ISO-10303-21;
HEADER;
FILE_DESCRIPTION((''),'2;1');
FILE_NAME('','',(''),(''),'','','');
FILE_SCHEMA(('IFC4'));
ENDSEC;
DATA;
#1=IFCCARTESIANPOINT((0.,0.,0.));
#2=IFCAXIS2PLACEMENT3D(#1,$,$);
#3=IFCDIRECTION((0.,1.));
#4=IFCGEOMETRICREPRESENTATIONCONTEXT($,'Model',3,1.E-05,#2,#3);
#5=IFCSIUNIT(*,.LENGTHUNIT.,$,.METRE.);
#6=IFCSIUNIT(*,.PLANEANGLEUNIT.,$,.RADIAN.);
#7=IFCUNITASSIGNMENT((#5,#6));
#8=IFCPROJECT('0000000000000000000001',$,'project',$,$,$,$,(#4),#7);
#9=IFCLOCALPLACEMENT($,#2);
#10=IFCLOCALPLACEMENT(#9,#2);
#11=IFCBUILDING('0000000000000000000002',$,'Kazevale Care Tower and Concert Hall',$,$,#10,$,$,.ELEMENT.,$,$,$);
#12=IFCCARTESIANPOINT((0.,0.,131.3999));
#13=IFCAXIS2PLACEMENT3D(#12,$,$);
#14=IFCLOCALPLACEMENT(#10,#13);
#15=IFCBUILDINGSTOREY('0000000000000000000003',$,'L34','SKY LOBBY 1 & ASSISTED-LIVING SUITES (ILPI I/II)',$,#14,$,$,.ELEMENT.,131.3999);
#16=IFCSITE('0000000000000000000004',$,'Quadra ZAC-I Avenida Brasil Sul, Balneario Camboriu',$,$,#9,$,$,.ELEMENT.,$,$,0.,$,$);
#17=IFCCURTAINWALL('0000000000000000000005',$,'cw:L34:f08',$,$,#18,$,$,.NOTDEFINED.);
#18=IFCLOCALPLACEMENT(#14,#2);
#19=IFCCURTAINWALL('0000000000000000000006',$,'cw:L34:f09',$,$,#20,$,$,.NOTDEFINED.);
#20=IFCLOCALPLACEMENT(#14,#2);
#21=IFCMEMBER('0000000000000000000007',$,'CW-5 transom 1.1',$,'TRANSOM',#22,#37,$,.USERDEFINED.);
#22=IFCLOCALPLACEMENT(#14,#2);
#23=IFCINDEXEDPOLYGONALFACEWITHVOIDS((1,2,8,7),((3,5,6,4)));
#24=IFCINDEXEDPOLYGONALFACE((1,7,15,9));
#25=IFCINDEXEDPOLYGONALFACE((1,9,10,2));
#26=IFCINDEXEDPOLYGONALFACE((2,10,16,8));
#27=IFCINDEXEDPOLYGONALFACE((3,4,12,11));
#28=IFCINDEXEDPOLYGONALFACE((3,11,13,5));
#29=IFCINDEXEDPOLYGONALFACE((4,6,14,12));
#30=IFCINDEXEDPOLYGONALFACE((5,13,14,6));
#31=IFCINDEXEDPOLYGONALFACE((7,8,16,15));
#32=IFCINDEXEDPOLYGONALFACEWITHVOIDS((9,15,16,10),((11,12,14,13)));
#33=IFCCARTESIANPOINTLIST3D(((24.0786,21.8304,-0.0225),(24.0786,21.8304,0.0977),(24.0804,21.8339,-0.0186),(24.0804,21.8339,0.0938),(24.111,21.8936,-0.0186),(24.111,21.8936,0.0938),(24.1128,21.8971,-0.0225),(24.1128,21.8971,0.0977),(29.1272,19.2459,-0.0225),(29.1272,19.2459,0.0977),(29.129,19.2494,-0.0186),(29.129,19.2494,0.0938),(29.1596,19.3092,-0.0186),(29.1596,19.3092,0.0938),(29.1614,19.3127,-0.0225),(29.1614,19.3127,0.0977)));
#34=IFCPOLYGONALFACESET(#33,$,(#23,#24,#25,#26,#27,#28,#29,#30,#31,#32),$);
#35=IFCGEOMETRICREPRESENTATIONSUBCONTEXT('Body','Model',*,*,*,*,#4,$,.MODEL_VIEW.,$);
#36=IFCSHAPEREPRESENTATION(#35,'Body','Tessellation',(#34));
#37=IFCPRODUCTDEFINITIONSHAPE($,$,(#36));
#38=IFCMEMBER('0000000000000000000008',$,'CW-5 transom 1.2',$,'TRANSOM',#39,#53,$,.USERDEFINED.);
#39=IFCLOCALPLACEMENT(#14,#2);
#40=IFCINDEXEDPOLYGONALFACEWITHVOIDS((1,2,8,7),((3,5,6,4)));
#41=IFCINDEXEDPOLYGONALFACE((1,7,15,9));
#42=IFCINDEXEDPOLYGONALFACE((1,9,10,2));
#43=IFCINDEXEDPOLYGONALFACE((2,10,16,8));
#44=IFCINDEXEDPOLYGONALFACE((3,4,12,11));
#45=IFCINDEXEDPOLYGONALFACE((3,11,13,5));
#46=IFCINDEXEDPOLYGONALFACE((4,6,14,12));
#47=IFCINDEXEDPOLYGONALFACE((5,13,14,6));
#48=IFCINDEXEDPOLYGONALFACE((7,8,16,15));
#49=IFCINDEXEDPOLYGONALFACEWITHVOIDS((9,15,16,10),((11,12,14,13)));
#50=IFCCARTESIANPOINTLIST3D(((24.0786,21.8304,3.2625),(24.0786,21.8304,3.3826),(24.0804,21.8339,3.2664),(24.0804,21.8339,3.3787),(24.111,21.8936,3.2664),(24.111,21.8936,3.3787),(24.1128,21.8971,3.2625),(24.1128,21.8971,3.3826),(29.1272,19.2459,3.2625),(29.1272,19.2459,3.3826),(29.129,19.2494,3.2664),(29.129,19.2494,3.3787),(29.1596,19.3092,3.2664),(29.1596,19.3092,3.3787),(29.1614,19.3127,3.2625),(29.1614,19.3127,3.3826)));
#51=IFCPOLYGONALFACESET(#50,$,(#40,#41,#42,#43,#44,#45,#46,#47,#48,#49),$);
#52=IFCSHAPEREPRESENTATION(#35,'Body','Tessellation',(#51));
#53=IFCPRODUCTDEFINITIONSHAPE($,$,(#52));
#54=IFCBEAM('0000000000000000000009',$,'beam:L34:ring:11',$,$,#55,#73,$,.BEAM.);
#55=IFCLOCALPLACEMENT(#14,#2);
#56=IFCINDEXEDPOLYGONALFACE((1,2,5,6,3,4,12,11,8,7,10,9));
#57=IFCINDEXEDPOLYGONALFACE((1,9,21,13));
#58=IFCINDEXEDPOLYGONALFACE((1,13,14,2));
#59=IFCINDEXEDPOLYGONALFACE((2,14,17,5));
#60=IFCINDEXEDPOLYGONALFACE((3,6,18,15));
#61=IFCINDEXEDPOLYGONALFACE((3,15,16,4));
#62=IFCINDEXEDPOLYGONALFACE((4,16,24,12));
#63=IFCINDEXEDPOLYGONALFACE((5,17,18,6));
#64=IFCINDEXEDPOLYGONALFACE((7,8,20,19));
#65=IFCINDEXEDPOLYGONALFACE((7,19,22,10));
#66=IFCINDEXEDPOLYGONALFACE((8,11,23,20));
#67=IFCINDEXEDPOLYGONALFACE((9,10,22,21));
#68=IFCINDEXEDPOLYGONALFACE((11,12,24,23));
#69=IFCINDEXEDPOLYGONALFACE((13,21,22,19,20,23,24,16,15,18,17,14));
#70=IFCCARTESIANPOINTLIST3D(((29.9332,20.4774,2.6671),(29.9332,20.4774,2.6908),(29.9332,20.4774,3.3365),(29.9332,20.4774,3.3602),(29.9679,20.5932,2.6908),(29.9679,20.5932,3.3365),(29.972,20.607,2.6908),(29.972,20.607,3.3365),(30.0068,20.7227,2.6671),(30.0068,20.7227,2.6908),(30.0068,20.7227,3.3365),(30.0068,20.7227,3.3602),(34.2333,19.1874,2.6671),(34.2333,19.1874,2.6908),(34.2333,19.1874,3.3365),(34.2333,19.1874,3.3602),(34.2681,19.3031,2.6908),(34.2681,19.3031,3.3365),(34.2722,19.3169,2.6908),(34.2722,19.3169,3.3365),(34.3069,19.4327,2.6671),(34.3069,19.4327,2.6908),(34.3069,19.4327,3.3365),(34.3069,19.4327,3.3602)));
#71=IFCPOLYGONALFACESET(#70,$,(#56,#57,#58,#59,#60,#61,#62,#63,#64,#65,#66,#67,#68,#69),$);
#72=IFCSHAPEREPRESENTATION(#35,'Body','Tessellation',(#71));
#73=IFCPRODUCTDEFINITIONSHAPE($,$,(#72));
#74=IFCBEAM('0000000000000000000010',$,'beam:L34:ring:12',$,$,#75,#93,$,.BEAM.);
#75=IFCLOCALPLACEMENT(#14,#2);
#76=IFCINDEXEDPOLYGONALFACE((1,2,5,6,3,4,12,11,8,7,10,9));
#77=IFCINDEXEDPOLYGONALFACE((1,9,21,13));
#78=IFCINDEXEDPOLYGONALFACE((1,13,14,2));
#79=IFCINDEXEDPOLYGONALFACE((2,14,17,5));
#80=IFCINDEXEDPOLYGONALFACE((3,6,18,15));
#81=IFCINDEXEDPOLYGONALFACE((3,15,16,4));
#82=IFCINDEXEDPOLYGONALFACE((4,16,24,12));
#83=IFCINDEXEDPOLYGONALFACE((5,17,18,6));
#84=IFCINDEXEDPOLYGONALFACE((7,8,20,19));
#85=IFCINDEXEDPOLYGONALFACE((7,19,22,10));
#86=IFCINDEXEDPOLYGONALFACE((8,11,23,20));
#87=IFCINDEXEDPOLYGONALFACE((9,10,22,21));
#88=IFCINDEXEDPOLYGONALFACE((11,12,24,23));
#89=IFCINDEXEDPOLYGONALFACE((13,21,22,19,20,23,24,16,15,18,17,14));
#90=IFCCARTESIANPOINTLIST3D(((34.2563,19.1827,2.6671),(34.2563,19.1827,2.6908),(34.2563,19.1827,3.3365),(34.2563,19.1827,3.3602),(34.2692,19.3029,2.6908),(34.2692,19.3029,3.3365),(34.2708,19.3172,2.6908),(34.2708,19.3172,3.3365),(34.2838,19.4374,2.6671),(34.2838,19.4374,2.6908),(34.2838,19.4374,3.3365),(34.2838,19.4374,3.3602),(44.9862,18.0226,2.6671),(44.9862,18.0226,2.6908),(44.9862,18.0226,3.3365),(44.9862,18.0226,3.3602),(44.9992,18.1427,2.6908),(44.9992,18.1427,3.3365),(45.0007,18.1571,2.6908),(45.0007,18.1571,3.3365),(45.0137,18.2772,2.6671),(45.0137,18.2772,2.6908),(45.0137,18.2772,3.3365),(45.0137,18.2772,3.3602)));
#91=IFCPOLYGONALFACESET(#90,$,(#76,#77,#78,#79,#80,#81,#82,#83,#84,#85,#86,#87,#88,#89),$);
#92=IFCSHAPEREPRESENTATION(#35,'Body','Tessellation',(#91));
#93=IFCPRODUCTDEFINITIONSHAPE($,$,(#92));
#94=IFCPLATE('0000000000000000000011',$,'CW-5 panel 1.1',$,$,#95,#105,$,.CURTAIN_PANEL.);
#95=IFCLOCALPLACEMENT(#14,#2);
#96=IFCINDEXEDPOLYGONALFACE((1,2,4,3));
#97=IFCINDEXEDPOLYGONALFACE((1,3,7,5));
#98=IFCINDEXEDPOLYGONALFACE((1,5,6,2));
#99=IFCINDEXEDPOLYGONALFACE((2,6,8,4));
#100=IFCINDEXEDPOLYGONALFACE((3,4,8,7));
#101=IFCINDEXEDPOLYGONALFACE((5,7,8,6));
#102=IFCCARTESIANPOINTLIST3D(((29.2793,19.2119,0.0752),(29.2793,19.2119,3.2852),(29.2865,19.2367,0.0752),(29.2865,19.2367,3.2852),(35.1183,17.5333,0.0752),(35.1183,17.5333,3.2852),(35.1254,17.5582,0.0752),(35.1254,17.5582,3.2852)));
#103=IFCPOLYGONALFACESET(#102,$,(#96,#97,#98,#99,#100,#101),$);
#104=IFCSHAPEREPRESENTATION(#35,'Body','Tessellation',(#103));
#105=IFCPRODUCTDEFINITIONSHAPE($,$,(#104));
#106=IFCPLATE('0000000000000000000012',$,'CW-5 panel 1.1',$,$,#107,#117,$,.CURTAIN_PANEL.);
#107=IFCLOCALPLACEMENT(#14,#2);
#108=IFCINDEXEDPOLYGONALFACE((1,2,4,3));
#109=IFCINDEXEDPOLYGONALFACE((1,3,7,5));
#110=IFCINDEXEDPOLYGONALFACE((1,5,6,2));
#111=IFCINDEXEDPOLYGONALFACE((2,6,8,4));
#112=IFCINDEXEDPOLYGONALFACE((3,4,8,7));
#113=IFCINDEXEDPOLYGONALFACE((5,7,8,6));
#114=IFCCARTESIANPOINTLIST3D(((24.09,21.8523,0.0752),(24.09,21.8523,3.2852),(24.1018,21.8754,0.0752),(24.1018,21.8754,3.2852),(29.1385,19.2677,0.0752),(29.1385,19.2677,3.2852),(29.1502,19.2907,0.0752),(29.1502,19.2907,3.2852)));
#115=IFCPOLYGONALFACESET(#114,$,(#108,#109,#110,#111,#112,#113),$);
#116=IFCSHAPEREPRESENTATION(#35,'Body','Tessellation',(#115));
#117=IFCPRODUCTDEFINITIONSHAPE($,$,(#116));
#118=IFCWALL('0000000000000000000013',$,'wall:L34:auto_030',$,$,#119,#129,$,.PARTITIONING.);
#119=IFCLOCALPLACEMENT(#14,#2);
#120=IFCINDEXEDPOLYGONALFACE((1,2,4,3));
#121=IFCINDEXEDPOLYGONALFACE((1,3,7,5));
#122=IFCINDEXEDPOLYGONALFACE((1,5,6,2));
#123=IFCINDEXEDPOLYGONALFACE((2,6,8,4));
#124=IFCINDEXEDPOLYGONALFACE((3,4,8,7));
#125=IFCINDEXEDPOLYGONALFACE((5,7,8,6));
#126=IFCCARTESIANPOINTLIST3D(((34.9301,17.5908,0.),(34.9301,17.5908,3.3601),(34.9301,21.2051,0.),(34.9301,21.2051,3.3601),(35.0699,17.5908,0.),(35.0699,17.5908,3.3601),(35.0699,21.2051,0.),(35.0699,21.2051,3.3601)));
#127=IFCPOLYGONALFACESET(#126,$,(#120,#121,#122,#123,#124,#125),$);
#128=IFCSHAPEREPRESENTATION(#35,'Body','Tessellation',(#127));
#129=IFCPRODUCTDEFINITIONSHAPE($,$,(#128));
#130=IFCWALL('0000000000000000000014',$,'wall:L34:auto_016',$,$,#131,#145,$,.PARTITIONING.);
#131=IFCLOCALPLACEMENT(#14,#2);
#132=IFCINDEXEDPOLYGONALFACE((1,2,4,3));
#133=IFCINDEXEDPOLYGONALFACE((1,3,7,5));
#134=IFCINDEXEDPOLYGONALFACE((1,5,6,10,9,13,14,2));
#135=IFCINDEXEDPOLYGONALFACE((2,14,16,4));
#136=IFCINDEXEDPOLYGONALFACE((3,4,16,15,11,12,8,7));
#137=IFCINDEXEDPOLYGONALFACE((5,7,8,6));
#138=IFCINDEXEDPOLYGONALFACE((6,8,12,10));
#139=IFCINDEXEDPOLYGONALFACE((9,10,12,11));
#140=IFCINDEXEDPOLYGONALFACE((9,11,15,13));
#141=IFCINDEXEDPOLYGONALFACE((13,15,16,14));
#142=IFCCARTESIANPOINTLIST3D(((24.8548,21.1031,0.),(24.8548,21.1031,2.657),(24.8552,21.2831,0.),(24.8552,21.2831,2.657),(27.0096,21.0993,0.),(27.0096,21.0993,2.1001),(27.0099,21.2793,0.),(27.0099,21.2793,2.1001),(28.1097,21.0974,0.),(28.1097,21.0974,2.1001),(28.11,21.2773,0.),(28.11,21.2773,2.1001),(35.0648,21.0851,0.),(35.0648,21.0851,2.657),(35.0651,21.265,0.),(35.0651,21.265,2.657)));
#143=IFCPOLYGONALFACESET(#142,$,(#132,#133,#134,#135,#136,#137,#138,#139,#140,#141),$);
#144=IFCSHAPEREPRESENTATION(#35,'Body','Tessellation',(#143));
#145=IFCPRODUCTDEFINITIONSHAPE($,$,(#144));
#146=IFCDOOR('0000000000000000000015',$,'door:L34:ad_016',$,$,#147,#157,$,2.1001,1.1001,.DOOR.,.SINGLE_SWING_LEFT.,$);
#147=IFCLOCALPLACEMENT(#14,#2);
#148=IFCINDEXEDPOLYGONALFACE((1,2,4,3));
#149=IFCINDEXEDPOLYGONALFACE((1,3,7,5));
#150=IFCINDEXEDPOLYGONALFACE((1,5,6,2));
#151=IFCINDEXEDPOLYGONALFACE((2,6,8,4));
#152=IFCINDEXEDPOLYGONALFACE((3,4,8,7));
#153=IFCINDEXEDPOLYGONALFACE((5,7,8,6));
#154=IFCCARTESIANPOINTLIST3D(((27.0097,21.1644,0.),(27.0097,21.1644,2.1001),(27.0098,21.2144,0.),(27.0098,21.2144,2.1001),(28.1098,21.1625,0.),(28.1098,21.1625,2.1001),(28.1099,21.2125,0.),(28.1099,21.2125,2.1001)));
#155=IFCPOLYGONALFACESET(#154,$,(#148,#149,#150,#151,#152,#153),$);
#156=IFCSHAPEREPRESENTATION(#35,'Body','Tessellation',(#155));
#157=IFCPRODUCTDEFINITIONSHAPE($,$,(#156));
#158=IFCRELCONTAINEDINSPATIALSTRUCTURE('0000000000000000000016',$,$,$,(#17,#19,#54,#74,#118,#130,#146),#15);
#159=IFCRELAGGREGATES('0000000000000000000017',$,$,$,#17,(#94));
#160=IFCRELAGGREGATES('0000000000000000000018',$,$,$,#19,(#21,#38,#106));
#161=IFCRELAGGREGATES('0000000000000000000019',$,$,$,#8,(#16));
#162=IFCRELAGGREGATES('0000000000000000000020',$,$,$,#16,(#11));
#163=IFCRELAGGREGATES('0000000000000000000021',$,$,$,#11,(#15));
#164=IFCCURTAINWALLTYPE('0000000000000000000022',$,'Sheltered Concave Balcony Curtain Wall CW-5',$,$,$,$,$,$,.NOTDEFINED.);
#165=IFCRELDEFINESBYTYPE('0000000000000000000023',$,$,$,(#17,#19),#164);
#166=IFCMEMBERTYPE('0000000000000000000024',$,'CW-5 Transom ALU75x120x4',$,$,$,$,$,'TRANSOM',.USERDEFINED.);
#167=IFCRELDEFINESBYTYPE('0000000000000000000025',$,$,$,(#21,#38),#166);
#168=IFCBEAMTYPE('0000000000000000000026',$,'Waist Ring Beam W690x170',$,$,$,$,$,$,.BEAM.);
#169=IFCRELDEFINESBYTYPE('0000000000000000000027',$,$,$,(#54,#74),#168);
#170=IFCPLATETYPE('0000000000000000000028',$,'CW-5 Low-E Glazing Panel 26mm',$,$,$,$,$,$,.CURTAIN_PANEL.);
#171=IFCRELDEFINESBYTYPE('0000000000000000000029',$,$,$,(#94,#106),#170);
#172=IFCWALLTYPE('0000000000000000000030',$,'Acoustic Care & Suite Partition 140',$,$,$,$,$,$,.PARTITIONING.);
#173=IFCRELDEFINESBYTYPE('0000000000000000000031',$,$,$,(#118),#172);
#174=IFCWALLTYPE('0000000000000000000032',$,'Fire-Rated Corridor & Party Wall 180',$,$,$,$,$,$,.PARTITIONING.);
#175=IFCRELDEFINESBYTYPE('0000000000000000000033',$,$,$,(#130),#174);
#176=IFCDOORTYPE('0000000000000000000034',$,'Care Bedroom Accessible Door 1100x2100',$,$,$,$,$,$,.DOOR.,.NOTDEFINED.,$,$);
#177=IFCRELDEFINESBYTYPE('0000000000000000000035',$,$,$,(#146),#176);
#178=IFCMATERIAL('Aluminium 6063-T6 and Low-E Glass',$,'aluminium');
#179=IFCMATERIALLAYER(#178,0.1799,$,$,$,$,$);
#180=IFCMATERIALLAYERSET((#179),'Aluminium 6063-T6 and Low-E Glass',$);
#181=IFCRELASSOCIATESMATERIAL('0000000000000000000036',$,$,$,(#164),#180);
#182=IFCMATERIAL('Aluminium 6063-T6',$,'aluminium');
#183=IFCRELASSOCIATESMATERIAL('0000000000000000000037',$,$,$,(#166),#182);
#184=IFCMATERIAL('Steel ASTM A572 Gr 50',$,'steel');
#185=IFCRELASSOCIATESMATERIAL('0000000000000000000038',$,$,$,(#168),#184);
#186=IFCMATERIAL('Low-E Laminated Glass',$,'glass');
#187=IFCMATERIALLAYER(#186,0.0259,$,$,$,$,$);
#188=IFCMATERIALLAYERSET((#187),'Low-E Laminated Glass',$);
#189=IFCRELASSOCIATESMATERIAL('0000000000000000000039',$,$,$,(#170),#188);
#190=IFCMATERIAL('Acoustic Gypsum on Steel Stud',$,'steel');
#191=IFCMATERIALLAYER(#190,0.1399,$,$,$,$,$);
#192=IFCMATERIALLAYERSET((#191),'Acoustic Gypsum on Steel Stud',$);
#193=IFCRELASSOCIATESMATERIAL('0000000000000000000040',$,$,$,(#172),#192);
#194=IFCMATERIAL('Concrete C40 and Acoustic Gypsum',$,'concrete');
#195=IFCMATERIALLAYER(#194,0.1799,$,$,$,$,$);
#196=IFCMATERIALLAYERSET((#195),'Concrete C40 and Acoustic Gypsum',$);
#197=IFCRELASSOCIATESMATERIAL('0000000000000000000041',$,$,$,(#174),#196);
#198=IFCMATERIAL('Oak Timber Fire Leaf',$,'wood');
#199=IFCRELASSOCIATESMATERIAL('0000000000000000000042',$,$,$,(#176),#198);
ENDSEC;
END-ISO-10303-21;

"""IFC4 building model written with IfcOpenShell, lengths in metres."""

from ifc_helpers import new_model, si_unit, direction, frame, frame_2d, origin, origin_2d, place, context, subcontext, project, spatial, rectangle, hollow_rectangle, i_section, extrude, material, layer, layer_set, material_profile, profile_set, type_object, element, fill, aggregate, save


model = new_model("IFC4")

# Units and contexts
model_context = context("Model", 3, precision=1e-05, world=origin(), true_north=direction((0.0, 1.0)))
body_context = subcontext(model_context, "Body", "Model", "MODEL_VIEW")
ifc_project = project(units=[si_unit("LENGTHUNIT", "METRE"), si_unit("PLANEANGLEUNIT", "RADIAN")], contexts=[model_context])

# Site, building, storey
site_placement = place(None, origin())
site = spatial("IfcSite", under=ifc_project, at=site_placement, Name="Quadra ZAC-I Avenida Brasil Sul, Balneario Camboriu", CompositionType="ELEMENT", RefElevation=0.0)
building_placement = place(site_placement, origin())
building = spatial("IfcBuilding", under=site, at=building_placement, Name="Kazevale Care Tower and Concert Hall", CompositionType="ELEMENT")
storey_placement = place(building_placement, frame((0.0, 0.0, 131.3999)))
storey = spatial("IfcBuildingStorey", under=building, at=storey_placement, Name="L34", Description="SKY LOBBY 1 & ASSISTED-LIVING SUITES (ILPI I/II)", CompositionType="ELEMENT", Elevation=131.3999)

# Curtain wall
ifc_material_1 = material(Name="Aluminium 6063-T6 and Low-E Glass", Category="aluminium")
ifc_layer_1 = layer(ifc_material_1, 0.1799)
ifc_layer_set_1 = layer_set([ifc_layer_1], Name="Aluminium 6063-T6 and Low-E Glass")
curtain_wall_type = type_object("IfcCurtainWallType", Name="Sheltered Concave Balcony Curtain Wall CW-5", PredefinedType="NOTDEFINED", material=ifc_layer_set_1)
curtain_wall_1_placement = place(storey_placement, origin())
curtain_wall_1 = element("IfcCurtainWall", 1, at=curtain_wall_1_placement, inside=storey, type_object=curtain_wall_type, Name="cw:L34:f08", PredefinedType="NOTDEFINED")
ifc_material_2 = material(Name="Aluminium 6063-T6", Category="aluminium")

# Curtain wall
curtain_wall_2_placement = place(storey_placement, origin())
curtain_wall_2 = element("IfcCurtainWall", 2, at=curtain_wall_2_placement, inside=storey, type_object=curtain_wall_type, Name="cw:L34:f09", PredefinedType="NOTDEFINED")

# Members
ifc_material_profile_1 = material_profile(ifc_material_2, hollow_rectangle(XDim=0.075, YDim=0.1201, WallThickness=0.0039, at=origin_2d()), Name="ALU75x120x4")
ifc_profile_set_1 = profile_set([ifc_material_profile_1], Name="Aluminium 6063-T6")
member_type_1 = type_object("IfcMemberType", Name="CW-5 Transom ALU75x120x4", ElementType="TRANSOM", PredefinedType="USERDEFINED", material=ifc_profile_set_1)
member_1_placement = place(storey_placement, frame((29.1443, 19.2793, 0.0376), z_axis=(-0.890143, 0.455682, 0.0), x_axis=(-0.455682, -0.890143, 0.0)))
member_1 = element("IfcMember", 3, at=member_1_placement, type_object=member_type_1, Name="CW-5 transom 1.1", ObjectType="TRANSOM", PredefinedType="USERDEFINED", context=body_context, shape_type="SweptSolid", body=[
    extrude(hollow_rectangle(XDim=0.075, YDim=0.1201, WallThickness=0.0039, at=origin_2d()), origin(), (0.0, 0.0, 1.0), 5.6716),
])
member_2_placement = place(storey_placement, frame((29.1443, 19.2793, 3.3225), z_axis=(-0.890143, 0.455682, 0.0), x_axis=(-0.455682, -0.890143, 0.0)))
member_2 = element("IfcMember", 4, at=member_2_placement, type_object=member_type_1, Name="CW-5 transom 1.2", ObjectType="TRANSOM", PredefinedType="USERDEFINED", context=body_context, shape_type="SweptSolid", body=[
    extrude(hollow_rectangle(XDim=0.075, YDim=0.1201, WallThickness=0.0039, at=origin_2d()), origin(), (0.0, 0.0, 1.0), 5.6716),
])

# Beams
ifc_material_3 = material(Name="Steel ASTM A572 Gr 50", Category="steel")
ifc_material_profile_2 = material_profile(ifc_material_3, i_section(OverallWidth=0.2561, OverallDepth=0.6931, WebThickness=0.0144, FlangeThickness=0.0237, at=origin_2d()), Name="W690x170")
ifc_profile_set_2 = profile_set([ifc_material_profile_2], Name="Steel ASTM A572 Gr 50")
beam_type = type_object("IfcBeamType", Name="Waist Ring Beam W690x170", PredefinedType="BEAM", material=ifc_profile_set_2)
beam_1_placement = place(storey_placement, frame((29.97, 20.6001, 3.0137), z_axis=(0.957825, -0.287353, 0.0), x_axis=(0.287353, 0.957825, 0.0)))
element("IfcBeam", 5, at=beam_1_placement, inside=storey, type_object=beam_type, Name="beam:L34:ring:11", PredefinedType="BEAM", context=body_context, shape_type="SweptSolid", body=[
    extrude(i_section(OverallWidth=0.2561, OverallDepth=0.6931, WebThickness=0.0144, FlangeThickness=0.0237, at=origin_2d()), origin(), (0.0, 0.0, 1.0), 4.4895),
])
beam_2_placement = place(storey_placement, frame((34.27, 19.3101, 3.0137), z_axis=(0.994205, -0.107496, 0.0), x_axis=(0.107496, 0.994205, 0.0)))
element("IfcBeam", 6, at=beam_2_placement, inside=storey, type_object=beam_type, Name="beam:L34:ring:12", PredefinedType="BEAM", context=body_context, shape_type="SweptSolid", body=[
    extrude(i_section(OverallWidth=0.2561, OverallDepth=0.6931, WebThickness=0.0144, FlangeThickness=0.0237, at=origin_2d()), origin(), (0.0, 0.0, 1.0), 10.7925),
])

# Plates
ifc_material_4 = material(Name="Low-E Laminated Glass", Category="glass")
ifc_layer_2 = layer(ifc_material_4, 0.0259)
ifc_layer_set_2 = layer_set([ifc_layer_2], Name="Low-E Laminated Glass")
plate_type = type_object("IfcPlateType", Name="CW-5 Low-E Glazing Panel 26mm", PredefinedType="CURTAIN_PANEL", material=ifc_layer_set_2)
plate_1_placement = place(storey_placement, frame((32.2024, 18.385, 0.0752), z_axis=(0.0, 0.0, 1.0), x_axis=(-0.961074, 0.276291, 0.0)))
plate_1 = element("IfcPlate", 7, at=plate_1_placement, type_object=plate_type, Name="CW-5 panel 1.1", PredefinedType="CURTAIN_PANEL", context=body_context, shape_type="SweptSolid", body=[
    extrude(rectangle(XDim=6.0754, YDim=0.0259, at=origin_2d()), origin(), (0.0, 0.0, 1.0), 3.21),
])
aggregate(curtain_wall_1, [plate_1])
plate_2_placement = place(storey_placement, frame((26.6201, 20.5715, 0.0752), z_axis=(0.0, 0.0, 1.0), x_axis=(-0.890127, 0.455713, 0.0)))
plate_2 = element("IfcPlate", 8, at=plate_2_placement, type_object=plate_type, Name="CW-5 panel 1.1", PredefinedType="CURTAIN_PANEL", context=body_context, shape_type="SweptSolid", body=[
    extrude(rectangle(XDim=5.6716, YDim=0.0259, at=origin_2d()), origin(), (0.0, 0.0, 1.0), 3.21),
])
aggregate(curtain_wall_2, [member_1, member_2, plate_2])

# Wall
ifc_material_5 = material(Name="Acoustic Gypsum on Steel Stud", Category="steel")
ifc_layer_3 = layer(ifc_material_5, 0.1399)
ifc_layer_set_3 = layer_set([ifc_layer_3], Name="Acoustic Gypsum on Steel Stud")
wall_type_1 = type_object("IfcWallType", Name="Acoustic Care & Suite Partition 140", PredefinedType="PARTITIONING", material=ifc_layer_set_3)
wall_1_placement = place(storey_placement, frame((35.0, 21.2051, 0.0), z_axis=(0.0, 0.0, 1.0), x_axis=(0.0, -1.0, 0.0)))
element("IfcWall", 9, at=wall_1_placement, inside=storey, type_object=wall_type_1, Name="wall:L34:auto_030", PredefinedType="PARTITIONING", context=body_context, shape_type="SweptSolid", body=[
    extrude(rectangle(XDim=3.6143, YDim=0.1399, at=frame_2d((1.8071, 0.0))), origin(), (0.0, 0.0, 1.0), 3.3601),
])

# Wall, opening, door
ifc_material_6 = material(Name="Concrete C40 and Acoustic Gypsum", Category="concrete")
ifc_layer_4 = layer(ifc_material_6, 0.1799)
ifc_layer_set_4 = layer_set([ifc_layer_4], Name="Concrete C40 and Acoustic Gypsum")
wall_type_2 = type_object("IfcWallType", Name="Fire-Rated Corridor & Party Wall 180", PredefinedType="PARTITIONING", material=ifc_layer_set_4)
wall_2_placement = place(storey_placement, frame((35.0649, 21.175, 0.0), z_axis=(0.0, 0.0, 1.0), x_axis=(-0.999998, 0.001769, 0.0)))
wall_2 = element("IfcWall", 10, at=wall_2_placement, inside=storey, type_object=wall_type_2, Name="wall:L34:auto_016", PredefinedType="PARTITIONING", context=body_context, shape_type="SweptSolid", body=[
    extrude(rectangle(XDim=10.21, YDim=0.1799, at=frame_2d((5.105, 0.0))), origin(), (0.0, 0.0, 1.0), 2.657),
])
opening_placement = place(wall_2_placement, frame((6.9551, 0.0, 0.0)))
opening = element("IfcOpeningElement", 11, at=opening_placement, cuts=wall_2, PredefinedType="OPENING", context=body_context, shape_type="SweptSolid", body=[
    extrude(rectangle(XDim=1.1001, YDim=2.1001, at=frame_2d((0.55, 1.05))), frame((0.0, 0.0999, 0.0), z_axis=(0.0, -1.0, 0.0), x_axis=(1.0, 0.0, 0.0)), (0.0, 0.0, 1.0), 0.2),
])
ifc_material_7 = material(Name="Oak Timber Fire Leaf", Category="wood")
door_type = type_object("IfcDoorType", Name="Care Bedroom Accessible Door 1100x2100", OperationType="NOTDEFINED", PredefinedType="DOOR", material=ifc_material_7)
door_placement = place(opening_placement, origin())
door = element("IfcDoor", 12, at=door_placement, inside=storey, type_object=door_type, Name="door:L34:ad_016", OperationType="SINGLE_SWING_LEFT", OverallHeight=2.1001, OverallWidth=1.1001, PredefinedType="DOOR", context=body_context, shape_type="SweptSolid", body=[
    extrude(rectangle(XDim=1.1001, YDim=2.1001, at=frame_2d((0.55, 1.05))), frame((0.0, 0.0249, 0.0), z_axis=(0.0, -1.0, 0.0), x_axis=(1.0, 0.0, 0.0)), (0.0, 0.0, 1.0), 0.05),
])
fill(opening, door)

save(model, "model.ifc")
